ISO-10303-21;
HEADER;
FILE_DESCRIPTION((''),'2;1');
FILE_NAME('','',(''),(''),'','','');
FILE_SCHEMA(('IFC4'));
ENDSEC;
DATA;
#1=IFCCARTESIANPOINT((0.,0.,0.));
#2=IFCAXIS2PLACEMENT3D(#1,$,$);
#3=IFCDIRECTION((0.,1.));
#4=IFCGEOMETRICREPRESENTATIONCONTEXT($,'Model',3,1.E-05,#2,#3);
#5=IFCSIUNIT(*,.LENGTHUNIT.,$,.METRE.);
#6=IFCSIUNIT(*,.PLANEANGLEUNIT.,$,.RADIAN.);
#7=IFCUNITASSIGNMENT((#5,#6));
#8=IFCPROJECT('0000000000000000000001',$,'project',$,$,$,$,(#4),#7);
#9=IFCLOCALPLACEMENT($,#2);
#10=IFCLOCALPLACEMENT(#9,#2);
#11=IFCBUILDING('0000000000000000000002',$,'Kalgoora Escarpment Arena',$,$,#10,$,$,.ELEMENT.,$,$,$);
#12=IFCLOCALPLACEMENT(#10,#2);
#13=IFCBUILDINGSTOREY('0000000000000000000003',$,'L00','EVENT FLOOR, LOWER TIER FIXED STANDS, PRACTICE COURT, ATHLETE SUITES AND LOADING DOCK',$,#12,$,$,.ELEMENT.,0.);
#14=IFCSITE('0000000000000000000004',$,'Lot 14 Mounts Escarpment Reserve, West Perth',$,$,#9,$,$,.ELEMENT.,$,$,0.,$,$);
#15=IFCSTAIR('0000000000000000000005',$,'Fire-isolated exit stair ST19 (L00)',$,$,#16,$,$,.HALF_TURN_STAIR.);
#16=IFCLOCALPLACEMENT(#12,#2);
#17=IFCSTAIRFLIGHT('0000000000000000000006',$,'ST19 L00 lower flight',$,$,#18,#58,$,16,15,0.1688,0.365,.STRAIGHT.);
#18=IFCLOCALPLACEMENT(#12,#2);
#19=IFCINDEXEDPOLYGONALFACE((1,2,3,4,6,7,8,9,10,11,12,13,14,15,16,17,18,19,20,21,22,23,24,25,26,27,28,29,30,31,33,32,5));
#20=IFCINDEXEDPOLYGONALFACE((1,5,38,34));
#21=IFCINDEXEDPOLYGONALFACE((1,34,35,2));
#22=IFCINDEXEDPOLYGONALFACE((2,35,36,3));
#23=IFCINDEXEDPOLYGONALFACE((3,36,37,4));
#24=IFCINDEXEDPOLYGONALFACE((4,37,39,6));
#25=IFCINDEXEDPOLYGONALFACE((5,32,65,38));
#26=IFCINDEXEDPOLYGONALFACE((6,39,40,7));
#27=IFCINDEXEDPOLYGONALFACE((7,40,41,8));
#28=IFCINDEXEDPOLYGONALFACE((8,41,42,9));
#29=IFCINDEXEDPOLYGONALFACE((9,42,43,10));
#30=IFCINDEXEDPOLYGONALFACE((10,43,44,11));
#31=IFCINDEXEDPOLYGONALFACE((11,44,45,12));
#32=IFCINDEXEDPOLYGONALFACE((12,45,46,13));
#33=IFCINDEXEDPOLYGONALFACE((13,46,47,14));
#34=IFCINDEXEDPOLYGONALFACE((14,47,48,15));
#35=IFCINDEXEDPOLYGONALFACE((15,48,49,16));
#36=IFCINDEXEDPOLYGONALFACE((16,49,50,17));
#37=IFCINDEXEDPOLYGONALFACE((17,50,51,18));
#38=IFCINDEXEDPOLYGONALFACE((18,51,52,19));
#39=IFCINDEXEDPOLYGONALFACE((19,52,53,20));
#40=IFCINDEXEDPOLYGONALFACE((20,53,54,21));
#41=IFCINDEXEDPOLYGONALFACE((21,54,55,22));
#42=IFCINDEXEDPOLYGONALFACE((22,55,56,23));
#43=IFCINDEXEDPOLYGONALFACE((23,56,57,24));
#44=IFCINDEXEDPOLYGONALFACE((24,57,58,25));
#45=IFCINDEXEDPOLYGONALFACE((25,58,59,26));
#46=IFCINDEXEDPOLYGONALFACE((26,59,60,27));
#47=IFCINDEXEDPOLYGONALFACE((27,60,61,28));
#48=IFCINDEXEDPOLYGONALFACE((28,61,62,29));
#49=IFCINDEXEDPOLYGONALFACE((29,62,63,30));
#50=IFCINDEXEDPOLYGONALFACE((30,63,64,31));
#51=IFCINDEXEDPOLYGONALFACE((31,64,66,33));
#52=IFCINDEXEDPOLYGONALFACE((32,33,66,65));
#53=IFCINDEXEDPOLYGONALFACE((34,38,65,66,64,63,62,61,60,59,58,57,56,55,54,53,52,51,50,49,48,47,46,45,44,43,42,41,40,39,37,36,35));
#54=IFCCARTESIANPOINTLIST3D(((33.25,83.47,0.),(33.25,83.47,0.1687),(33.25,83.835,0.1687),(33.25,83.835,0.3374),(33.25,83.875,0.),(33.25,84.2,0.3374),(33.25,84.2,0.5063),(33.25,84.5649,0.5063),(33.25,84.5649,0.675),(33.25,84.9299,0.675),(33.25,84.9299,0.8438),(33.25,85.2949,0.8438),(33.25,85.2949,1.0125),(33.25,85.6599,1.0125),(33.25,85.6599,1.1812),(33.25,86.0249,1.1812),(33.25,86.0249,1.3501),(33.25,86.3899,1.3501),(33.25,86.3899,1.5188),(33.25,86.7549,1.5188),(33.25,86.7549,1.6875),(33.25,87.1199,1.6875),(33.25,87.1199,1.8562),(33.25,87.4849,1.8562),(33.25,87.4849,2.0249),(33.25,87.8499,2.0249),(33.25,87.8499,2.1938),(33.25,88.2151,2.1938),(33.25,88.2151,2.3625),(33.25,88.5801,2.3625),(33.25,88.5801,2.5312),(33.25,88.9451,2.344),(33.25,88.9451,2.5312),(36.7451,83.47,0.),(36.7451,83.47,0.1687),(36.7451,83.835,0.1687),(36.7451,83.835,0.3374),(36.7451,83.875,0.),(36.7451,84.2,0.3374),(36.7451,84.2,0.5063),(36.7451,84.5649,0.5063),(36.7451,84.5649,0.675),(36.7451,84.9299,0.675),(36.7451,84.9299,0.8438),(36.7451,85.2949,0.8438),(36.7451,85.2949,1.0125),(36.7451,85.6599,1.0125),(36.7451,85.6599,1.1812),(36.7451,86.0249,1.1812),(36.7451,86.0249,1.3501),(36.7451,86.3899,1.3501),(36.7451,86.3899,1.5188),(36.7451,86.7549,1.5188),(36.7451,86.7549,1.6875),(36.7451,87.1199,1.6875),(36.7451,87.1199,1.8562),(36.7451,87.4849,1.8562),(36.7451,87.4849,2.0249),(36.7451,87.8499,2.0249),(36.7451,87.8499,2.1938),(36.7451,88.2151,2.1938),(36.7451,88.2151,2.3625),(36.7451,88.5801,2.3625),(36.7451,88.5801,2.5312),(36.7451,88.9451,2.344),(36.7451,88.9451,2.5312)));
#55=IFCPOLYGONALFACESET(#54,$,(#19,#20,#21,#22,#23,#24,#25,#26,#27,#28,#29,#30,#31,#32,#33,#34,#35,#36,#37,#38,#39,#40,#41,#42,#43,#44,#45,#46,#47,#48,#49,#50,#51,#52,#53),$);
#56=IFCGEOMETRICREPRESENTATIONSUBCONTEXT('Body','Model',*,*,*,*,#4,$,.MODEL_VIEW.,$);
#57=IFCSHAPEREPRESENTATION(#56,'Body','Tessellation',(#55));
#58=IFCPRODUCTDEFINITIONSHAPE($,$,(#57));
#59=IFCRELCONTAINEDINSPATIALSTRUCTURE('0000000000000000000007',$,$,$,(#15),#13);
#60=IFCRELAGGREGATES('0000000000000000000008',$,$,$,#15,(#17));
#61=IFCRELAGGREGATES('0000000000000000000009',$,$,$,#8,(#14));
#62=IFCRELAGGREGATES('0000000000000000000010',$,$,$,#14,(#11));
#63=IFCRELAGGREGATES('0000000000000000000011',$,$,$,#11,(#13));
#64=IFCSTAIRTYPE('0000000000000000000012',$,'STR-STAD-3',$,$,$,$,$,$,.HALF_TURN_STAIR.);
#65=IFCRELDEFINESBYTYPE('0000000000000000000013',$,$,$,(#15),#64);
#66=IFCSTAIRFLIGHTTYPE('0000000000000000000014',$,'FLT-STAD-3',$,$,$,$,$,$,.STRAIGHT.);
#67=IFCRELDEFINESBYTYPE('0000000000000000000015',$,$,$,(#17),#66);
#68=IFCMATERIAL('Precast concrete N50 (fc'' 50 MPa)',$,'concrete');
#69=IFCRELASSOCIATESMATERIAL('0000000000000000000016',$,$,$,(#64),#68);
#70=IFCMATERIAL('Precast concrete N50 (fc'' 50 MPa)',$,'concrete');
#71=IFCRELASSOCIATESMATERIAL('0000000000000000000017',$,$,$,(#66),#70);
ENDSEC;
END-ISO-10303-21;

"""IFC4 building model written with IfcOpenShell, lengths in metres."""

from ifc_helpers import new_model, si_unit, direction, frame, origin, place, context, subcontext, project, spatial, polyline, outline, extrude, material, type_object, element, aggregate, save


model = new_model("IFC4")

# Units and contexts
model_context = context("Model", 3, precision=1e-05, world=origin(), true_north=direction((0.0, 1.0)))
body_context = subcontext(model_context, "Body", "Model", "MODEL_VIEW")
ifc_project = project(units=[si_unit("LENGTHUNIT", "METRE"), si_unit("PLANEANGLEUNIT", "RADIAN")], contexts=[model_context])

# Site, building, storey
site_placement = place(None, origin())
site = spatial("IfcSite", under=ifc_project, at=site_placement, Name="Lot 14 Mounts Escarpment Reserve, West Perth", CompositionType="ELEMENT", RefElevation=0.0)
building_placement = place(site_placement, origin())
building = spatial("IfcBuilding", under=site, at=building_placement, Name="Kalgoora Escarpment Arena", CompositionType="ELEMENT")
storey_placement = place(building_placement, origin())
storey = spatial("IfcBuildingStorey", under=building, at=storey_placement, Name="L00", Description="EVENT FLOOR, LOWER TIER FIXED STANDS, PRACTICE COURT, ATHLETE SUITES AND LOADING DOCK", CompositionType="ELEMENT", Elevation=0.0)

# Stair, stair flight
ifc_material_1 = material(Name="Precast concrete N50 (fc' 50 MPa)", Category="concrete")
stair_type = type_object("IfcStairType", Name="STR-STAD-3", PredefinedType="HALF_TURN_STAIR", material=ifc_material_1)
stair_placement = place(storey_placement, origin())
stair = element("IfcStair", 1, at=stair_placement, inside=storey, type_object=stair_type, Name="Fire-isolated exit stair ST19 (L00)", PredefinedType="HALF_TURN_STAIR")
ifc_material_2 = material(Name="Precast concrete N50 (fc' 50 MPa)", Category="concrete")
stair_flight_type = type_object("IfcStairFlightType", Name="FLT-STAD-3", PredefinedType="STRAIGHT", material=ifc_material_2)
stair_flight_placement = place(storey_placement, frame((34.9976, 83.47, 0.0), z_axis=(0.0, 0.0, 1.0), x_axis=(0.0, 1.0, 0.0)))
stair_flight = element("IfcStairFlight", 2, at=stair_flight_placement, type_object=stair_flight_type, Name="ST19 L00 lower flight", NumberOfRisers=16, NumberOfTreads=15, PredefinedType="STRAIGHT", RiserHeight=0.1688, TreadLength=0.365, context=body_context, shape_type="SweptSolid", body=[
    extrude(outline(polyline([(0.0, 0.0), (0.0, 0.1687), (0.365, 0.1687), (0.365, 0.3374), (0.73, 0.3374), (0.73, 0.5063), (1.095, 0.5063), (1.095, 0.675), (1.46, 0.675), (1.46, 0.8438), (1.825, 0.8438), (1.825, 1.0125), (2.1899, 1.0125), (2.1899, 1.1812), (2.5549, 1.1812), (2.5549, 1.3501), (2.9199, 1.3501), (2.9199, 1.5188), (3.2849, 1.5188), (3.2849, 1.6875), (3.6499, 1.6875), (3.6499, 1.8562), (4.0149, 1.8562), (4.0149, 2.0249), (4.3799, 2.0249), (4.3799, 2.1938), (4.7451, 2.1938), (4.7451, 2.3625), (5.1101, 2.3625), (5.1101, 2.5312), (5.4751, 2.5312), (5.4751, 2.7), (5.4751, 2.344), (0.405, 0.0), (0.0, 0.0)])), frame((0.0, 1.7476, 0.0), z_axis=(0.0, -1.0, 0.0), x_axis=(1.0, 0.0, 0.0)), (0.0, 0.0, 1.0), 3.4951),
])
aggregate(stair, [stair_flight])

save(model, "model.ifc")
